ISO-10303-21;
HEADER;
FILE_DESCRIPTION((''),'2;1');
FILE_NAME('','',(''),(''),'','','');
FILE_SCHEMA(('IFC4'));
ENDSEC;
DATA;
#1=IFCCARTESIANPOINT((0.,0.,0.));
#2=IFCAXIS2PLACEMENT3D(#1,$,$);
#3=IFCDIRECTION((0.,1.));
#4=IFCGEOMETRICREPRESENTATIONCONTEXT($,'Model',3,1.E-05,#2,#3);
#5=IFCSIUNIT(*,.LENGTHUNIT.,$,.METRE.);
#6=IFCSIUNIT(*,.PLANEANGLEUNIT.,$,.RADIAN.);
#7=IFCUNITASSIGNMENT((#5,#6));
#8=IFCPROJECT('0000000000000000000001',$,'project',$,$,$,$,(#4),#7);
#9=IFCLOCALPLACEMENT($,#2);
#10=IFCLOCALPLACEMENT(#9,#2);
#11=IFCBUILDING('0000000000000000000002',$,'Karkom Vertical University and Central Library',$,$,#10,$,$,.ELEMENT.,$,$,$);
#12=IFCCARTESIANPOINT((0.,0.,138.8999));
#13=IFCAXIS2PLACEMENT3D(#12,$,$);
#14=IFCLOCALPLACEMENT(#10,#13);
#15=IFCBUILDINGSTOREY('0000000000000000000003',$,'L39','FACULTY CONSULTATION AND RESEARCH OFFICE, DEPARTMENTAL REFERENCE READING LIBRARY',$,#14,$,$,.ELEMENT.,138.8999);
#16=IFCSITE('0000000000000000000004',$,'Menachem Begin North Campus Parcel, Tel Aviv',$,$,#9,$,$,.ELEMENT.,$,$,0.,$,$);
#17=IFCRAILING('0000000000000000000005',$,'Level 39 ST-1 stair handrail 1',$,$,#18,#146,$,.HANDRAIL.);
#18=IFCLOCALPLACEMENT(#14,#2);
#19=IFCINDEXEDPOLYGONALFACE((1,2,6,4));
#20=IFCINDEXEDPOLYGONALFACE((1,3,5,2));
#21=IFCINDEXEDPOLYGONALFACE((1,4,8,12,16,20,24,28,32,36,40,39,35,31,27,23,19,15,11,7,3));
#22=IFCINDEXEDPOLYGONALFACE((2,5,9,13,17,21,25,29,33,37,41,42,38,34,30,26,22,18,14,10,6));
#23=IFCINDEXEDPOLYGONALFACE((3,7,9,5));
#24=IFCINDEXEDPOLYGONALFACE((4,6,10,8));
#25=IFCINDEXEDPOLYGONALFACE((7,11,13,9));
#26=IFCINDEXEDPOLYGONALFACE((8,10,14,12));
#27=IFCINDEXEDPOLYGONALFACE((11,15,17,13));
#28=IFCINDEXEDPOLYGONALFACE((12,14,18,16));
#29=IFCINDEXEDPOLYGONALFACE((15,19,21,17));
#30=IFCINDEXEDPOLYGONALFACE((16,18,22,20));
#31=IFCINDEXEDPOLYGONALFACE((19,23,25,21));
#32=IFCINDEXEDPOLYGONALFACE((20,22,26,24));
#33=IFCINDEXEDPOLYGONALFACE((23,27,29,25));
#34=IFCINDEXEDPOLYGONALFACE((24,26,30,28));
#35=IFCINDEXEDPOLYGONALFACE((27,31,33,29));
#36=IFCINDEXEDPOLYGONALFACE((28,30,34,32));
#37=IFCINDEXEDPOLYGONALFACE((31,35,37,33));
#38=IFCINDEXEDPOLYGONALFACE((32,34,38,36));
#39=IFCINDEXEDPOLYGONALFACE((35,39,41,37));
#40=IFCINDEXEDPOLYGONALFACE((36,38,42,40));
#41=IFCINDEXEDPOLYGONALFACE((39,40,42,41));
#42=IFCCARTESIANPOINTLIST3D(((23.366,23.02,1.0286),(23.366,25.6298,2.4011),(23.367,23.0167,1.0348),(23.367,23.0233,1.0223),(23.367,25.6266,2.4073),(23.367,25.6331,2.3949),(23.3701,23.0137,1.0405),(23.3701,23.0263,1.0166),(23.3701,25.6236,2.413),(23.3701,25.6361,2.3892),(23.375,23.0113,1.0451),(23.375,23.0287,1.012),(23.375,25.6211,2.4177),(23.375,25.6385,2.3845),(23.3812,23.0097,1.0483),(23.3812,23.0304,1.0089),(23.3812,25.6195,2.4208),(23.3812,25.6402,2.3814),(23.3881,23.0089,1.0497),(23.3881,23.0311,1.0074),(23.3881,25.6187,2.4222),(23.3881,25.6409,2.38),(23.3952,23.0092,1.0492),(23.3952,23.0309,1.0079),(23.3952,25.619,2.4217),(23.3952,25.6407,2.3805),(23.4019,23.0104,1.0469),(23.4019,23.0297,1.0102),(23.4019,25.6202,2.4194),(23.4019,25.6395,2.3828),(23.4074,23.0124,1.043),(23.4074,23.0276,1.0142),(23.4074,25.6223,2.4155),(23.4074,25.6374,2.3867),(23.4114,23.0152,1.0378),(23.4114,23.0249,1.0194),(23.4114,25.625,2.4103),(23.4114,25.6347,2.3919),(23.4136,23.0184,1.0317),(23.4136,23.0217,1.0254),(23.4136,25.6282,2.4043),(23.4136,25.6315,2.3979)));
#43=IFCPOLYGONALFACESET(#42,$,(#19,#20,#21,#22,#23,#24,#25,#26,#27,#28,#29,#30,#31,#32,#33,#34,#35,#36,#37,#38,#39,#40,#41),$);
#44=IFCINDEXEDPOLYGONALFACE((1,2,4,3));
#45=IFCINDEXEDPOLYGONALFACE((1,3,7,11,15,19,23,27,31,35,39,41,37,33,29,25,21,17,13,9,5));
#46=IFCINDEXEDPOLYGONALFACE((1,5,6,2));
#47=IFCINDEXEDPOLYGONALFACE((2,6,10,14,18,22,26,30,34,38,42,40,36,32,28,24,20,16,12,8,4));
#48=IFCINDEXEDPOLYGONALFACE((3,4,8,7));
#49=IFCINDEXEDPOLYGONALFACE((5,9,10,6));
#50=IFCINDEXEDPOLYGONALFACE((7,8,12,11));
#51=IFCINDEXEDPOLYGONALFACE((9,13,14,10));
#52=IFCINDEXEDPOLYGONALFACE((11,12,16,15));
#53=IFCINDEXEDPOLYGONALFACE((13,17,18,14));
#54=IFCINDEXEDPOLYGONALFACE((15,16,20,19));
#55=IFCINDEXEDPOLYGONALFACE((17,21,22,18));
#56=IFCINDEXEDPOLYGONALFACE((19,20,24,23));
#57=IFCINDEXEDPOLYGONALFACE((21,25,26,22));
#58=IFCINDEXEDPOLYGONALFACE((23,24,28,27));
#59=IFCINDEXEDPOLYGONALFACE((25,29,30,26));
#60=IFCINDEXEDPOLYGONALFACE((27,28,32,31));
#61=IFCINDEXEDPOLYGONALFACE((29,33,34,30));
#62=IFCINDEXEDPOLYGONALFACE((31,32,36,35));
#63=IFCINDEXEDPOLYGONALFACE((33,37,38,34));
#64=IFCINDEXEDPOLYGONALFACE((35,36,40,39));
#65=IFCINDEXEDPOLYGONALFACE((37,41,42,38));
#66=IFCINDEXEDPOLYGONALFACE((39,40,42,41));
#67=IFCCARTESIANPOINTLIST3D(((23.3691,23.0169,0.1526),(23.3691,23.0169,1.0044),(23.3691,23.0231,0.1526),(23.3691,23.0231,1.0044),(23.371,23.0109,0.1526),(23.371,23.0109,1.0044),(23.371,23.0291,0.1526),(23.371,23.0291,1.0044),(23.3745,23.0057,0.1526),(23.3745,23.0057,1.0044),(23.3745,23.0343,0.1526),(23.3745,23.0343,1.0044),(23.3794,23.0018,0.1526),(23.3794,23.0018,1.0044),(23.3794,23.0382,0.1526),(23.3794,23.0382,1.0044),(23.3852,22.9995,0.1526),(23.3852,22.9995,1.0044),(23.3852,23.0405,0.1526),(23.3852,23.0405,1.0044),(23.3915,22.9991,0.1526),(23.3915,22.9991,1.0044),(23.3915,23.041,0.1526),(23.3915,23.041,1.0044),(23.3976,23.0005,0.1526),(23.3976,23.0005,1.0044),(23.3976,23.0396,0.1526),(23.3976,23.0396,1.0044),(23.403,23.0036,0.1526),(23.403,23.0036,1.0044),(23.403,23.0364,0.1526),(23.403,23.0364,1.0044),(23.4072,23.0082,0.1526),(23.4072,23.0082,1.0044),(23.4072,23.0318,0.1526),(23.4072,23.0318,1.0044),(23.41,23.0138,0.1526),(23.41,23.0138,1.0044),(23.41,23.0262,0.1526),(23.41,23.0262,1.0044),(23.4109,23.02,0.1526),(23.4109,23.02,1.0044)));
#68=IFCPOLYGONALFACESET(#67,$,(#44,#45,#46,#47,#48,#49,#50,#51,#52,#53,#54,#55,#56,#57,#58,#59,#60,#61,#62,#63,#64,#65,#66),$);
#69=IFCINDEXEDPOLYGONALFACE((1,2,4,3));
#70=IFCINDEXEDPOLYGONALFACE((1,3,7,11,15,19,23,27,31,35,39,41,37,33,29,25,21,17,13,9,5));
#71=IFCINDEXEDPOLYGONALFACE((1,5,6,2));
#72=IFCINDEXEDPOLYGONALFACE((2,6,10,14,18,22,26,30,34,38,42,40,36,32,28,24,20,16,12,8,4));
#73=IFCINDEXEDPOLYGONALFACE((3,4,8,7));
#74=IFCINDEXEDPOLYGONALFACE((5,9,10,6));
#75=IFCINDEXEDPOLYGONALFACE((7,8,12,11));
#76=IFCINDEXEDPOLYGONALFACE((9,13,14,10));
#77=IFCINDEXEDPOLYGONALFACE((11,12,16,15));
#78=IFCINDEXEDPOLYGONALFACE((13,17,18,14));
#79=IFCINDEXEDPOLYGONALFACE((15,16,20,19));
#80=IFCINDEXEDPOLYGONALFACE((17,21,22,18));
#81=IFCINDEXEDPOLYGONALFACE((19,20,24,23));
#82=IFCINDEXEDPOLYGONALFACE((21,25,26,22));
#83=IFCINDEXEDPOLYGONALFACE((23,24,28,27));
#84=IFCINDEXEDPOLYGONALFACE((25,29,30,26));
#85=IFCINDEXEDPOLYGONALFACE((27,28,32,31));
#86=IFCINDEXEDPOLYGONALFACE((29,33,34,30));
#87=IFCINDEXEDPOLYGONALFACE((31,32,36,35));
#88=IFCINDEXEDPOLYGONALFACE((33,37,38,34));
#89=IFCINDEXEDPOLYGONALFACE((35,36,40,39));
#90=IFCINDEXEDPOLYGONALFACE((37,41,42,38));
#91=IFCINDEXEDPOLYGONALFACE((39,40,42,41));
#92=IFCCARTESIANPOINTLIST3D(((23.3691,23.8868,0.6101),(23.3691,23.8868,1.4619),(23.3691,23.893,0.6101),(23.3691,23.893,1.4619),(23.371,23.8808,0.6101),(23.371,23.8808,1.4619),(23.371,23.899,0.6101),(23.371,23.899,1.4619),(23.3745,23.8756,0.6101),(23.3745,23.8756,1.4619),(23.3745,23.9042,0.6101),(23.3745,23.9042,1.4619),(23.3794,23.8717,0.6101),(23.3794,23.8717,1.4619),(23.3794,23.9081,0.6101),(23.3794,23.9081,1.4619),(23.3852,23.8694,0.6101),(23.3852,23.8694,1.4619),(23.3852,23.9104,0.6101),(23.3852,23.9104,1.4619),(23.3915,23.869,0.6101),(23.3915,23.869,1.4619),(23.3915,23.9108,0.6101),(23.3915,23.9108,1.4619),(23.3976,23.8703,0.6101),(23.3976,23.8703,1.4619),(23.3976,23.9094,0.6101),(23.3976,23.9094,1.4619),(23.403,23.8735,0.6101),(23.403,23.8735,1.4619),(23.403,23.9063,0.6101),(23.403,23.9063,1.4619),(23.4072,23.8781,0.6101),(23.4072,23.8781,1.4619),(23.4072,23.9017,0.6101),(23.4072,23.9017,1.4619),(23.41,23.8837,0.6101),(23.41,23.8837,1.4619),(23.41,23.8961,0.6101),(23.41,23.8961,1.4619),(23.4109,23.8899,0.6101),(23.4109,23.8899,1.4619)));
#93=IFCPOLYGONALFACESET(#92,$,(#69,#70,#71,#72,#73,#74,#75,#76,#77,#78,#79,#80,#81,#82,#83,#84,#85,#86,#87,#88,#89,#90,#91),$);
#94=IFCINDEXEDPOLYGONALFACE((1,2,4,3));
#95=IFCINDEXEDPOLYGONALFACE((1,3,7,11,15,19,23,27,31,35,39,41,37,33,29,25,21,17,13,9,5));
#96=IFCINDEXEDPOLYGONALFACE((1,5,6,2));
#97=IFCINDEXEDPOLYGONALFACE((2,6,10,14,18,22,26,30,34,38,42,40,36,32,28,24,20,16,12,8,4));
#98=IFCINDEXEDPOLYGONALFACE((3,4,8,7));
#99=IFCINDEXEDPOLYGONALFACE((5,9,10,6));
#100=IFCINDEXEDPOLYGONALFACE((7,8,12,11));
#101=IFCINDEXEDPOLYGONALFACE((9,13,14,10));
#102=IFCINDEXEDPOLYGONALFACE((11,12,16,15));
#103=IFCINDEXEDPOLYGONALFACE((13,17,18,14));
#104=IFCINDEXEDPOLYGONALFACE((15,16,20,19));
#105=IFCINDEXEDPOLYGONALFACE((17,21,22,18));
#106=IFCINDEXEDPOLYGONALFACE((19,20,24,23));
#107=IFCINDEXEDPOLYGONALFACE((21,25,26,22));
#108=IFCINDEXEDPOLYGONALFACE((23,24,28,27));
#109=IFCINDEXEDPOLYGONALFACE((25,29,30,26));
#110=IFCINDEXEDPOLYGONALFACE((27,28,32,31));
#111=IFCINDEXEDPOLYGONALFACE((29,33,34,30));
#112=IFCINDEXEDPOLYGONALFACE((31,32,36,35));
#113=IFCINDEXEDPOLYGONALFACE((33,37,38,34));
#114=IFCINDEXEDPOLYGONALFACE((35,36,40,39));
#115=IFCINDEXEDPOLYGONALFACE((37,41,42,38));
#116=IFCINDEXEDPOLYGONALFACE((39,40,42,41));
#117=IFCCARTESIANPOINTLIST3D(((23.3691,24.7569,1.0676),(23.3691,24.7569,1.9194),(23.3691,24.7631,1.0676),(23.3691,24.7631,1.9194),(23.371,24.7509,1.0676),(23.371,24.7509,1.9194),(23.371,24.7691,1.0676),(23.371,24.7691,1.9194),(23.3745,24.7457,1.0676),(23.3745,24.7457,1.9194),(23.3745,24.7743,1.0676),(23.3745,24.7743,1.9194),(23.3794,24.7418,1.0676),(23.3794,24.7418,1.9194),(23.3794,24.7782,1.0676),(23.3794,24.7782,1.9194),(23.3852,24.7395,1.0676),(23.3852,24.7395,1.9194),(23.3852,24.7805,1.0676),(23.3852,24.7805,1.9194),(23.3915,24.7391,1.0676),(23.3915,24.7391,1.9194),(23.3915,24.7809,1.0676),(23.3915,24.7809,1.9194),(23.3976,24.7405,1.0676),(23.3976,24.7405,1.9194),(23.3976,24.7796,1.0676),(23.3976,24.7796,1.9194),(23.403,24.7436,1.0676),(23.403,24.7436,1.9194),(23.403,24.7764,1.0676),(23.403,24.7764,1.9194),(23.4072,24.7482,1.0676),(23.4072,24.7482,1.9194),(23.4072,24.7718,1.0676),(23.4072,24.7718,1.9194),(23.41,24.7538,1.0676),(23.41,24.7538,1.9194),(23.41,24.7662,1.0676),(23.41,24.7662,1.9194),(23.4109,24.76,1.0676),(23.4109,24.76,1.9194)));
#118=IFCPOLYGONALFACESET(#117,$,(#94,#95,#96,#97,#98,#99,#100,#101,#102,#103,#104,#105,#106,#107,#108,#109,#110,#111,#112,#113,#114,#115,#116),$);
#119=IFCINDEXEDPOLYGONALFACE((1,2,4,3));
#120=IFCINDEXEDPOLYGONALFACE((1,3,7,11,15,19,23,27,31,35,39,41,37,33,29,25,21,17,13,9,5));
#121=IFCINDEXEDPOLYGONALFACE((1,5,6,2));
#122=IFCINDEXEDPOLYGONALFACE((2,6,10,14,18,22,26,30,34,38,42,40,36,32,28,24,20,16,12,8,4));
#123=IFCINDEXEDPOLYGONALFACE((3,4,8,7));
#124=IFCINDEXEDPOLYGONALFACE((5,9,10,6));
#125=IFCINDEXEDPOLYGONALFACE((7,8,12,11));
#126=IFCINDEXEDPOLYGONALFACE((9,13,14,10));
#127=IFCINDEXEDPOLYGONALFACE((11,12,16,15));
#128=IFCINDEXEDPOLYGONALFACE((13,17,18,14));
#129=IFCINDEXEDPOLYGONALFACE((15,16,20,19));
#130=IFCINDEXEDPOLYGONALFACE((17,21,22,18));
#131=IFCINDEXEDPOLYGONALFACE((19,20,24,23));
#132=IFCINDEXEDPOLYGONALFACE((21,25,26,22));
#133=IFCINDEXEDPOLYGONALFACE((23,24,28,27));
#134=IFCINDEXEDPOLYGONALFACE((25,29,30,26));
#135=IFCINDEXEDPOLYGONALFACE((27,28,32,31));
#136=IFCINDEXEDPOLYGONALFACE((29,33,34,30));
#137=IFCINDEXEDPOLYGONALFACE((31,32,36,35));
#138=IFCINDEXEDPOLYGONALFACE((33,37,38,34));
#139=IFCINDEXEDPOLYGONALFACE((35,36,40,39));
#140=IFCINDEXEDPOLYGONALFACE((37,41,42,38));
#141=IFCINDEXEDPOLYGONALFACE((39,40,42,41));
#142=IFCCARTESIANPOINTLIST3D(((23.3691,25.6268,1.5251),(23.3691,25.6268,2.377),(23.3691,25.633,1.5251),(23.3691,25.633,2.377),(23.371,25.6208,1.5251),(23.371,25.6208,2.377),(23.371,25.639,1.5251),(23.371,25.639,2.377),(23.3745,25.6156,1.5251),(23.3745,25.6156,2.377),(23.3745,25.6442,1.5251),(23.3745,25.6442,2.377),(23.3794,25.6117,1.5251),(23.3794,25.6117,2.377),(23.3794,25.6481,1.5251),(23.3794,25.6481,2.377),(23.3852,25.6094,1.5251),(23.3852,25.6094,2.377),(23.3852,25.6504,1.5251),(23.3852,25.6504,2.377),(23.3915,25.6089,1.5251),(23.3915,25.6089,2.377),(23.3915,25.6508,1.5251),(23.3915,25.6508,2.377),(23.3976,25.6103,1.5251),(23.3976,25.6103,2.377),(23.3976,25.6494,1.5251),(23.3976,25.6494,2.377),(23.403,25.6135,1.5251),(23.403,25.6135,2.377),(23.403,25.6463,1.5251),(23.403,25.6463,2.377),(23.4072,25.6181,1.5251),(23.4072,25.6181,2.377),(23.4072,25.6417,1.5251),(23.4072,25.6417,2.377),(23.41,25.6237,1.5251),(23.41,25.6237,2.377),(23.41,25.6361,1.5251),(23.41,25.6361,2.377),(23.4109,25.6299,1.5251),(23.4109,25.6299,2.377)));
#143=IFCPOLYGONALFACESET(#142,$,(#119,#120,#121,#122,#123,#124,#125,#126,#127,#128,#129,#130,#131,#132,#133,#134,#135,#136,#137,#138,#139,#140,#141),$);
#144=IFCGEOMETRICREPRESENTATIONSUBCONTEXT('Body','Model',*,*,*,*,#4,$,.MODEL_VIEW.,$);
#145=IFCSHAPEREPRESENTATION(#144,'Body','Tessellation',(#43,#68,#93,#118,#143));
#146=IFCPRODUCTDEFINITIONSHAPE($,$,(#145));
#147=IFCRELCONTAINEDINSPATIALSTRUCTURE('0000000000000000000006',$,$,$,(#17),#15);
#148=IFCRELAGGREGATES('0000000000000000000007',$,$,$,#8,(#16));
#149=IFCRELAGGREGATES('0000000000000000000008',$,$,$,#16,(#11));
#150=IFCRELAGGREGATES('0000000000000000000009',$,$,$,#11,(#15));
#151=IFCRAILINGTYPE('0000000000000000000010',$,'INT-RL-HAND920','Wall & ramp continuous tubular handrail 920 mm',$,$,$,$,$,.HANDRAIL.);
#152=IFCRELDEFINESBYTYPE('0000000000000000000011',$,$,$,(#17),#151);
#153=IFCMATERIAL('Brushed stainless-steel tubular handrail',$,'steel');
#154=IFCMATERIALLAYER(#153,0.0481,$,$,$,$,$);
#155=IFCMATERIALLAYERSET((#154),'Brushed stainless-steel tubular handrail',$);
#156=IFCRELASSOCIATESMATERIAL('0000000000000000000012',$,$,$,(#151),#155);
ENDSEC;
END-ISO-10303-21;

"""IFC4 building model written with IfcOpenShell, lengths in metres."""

from ifc_helpers import new_model, si_unit, direction, frame, origin, origin_2d, place, context, subcontext, project, spatial, circle, extrude, material, layer, layer_set, type_object, element, save


model = new_model("IFC4")

# Units and contexts
model_context = context("Model", 3, precision=1e-05, world=origin(), true_north=direction((0.0, 1.0)))
body_context = subcontext(model_context, "Body", "Model", "MODEL_VIEW")
ifc_project = project(units=[si_unit("LENGTHUNIT", "METRE"), si_unit("PLANEANGLEUNIT", "RADIAN")], contexts=[model_context])

# Site, building, storey
site_placement = place(None, origin())
site = spatial("IfcSite", under=ifc_project, at=site_placement, Name="Menachem Begin North Campus Parcel, Tel Aviv", CompositionType="ELEMENT", RefElevation=0.0)
building_placement = place(site_placement, origin())
building = spatial("IfcBuilding", under=site, at=building_placement, Name="Karkom Vertical University and Central Library", CompositionType="ELEMENT")
storey_placement = place(building_placement, frame((0.0, 0.0, 138.8999)))
storey = spatial("IfcBuildingStorey", under=building, at=storey_placement, Name="L39", Description="FACULTY CONSULTATION AND RESEARCH OFFICE, DEPARTMENTAL REFERENCE READING LIBRARY", CompositionType="ELEMENT", Elevation=138.8999)

# Railing
ifc_material_1 = material(Name="Brushed stainless-steel tubular handrail", Category="steel")
ifc_layer_1 = layer(ifc_material_1, 0.0481)
ifc_layer_set_1 = layer_set([ifc_layer_1], Name="Brushed stainless-steel tubular handrail")
railing_type_1 = type_object("IfcRailingType", Name="INT-RL-HAND920", Description="Wall & ramp continuous tubular handrail 920 mm", PredefinedType="HANDRAIL", material=ifc_layer_set_1)
railing_1_placement = place(storey_placement, frame((23.3899, 23.02, 0.1526)))
element("IfcRailing", 1, at=railing_1_placement, inside=storey, type_object=railing_type_1, Name="Level 39 ST-1 stair handrail 1", PredefinedType="HANDRAIL", context=body_context, shape_type="SweptSolid", body=[
    extrude(circle(Radius=0.0239, at=origin_2d()), frame((0.0, 0.0, 0.876), z_axis=(0.0, 0.885065, 0.465467), x_axis=(-1.0, 0.0, 0.0)), (0.0, 0.0, 1.0), 2.9487),
    extrude(circle(Radius=0.021, at=origin_2d()), origin(), (0.0, 0.0, 1.0), 0.8518),
    extrude(circle(Radius=0.021, at=origin_2d()), frame((0.0, 0.8699, 0.4575)), (0.0, 0.0, 1.0), 0.8518),
    extrude(circle(Radius=0.021, at=origin_2d()), frame((0.0, 1.74, 0.915)), (0.0, 0.0, 1.0), 0.8518),
    extrude(circle(Radius=0.021, at=origin_2d()), frame((0.0, 2.6099, 1.3726)), (0.0, 0.0, 1.0), 0.8518),
])

save(model, "model.ifc")
